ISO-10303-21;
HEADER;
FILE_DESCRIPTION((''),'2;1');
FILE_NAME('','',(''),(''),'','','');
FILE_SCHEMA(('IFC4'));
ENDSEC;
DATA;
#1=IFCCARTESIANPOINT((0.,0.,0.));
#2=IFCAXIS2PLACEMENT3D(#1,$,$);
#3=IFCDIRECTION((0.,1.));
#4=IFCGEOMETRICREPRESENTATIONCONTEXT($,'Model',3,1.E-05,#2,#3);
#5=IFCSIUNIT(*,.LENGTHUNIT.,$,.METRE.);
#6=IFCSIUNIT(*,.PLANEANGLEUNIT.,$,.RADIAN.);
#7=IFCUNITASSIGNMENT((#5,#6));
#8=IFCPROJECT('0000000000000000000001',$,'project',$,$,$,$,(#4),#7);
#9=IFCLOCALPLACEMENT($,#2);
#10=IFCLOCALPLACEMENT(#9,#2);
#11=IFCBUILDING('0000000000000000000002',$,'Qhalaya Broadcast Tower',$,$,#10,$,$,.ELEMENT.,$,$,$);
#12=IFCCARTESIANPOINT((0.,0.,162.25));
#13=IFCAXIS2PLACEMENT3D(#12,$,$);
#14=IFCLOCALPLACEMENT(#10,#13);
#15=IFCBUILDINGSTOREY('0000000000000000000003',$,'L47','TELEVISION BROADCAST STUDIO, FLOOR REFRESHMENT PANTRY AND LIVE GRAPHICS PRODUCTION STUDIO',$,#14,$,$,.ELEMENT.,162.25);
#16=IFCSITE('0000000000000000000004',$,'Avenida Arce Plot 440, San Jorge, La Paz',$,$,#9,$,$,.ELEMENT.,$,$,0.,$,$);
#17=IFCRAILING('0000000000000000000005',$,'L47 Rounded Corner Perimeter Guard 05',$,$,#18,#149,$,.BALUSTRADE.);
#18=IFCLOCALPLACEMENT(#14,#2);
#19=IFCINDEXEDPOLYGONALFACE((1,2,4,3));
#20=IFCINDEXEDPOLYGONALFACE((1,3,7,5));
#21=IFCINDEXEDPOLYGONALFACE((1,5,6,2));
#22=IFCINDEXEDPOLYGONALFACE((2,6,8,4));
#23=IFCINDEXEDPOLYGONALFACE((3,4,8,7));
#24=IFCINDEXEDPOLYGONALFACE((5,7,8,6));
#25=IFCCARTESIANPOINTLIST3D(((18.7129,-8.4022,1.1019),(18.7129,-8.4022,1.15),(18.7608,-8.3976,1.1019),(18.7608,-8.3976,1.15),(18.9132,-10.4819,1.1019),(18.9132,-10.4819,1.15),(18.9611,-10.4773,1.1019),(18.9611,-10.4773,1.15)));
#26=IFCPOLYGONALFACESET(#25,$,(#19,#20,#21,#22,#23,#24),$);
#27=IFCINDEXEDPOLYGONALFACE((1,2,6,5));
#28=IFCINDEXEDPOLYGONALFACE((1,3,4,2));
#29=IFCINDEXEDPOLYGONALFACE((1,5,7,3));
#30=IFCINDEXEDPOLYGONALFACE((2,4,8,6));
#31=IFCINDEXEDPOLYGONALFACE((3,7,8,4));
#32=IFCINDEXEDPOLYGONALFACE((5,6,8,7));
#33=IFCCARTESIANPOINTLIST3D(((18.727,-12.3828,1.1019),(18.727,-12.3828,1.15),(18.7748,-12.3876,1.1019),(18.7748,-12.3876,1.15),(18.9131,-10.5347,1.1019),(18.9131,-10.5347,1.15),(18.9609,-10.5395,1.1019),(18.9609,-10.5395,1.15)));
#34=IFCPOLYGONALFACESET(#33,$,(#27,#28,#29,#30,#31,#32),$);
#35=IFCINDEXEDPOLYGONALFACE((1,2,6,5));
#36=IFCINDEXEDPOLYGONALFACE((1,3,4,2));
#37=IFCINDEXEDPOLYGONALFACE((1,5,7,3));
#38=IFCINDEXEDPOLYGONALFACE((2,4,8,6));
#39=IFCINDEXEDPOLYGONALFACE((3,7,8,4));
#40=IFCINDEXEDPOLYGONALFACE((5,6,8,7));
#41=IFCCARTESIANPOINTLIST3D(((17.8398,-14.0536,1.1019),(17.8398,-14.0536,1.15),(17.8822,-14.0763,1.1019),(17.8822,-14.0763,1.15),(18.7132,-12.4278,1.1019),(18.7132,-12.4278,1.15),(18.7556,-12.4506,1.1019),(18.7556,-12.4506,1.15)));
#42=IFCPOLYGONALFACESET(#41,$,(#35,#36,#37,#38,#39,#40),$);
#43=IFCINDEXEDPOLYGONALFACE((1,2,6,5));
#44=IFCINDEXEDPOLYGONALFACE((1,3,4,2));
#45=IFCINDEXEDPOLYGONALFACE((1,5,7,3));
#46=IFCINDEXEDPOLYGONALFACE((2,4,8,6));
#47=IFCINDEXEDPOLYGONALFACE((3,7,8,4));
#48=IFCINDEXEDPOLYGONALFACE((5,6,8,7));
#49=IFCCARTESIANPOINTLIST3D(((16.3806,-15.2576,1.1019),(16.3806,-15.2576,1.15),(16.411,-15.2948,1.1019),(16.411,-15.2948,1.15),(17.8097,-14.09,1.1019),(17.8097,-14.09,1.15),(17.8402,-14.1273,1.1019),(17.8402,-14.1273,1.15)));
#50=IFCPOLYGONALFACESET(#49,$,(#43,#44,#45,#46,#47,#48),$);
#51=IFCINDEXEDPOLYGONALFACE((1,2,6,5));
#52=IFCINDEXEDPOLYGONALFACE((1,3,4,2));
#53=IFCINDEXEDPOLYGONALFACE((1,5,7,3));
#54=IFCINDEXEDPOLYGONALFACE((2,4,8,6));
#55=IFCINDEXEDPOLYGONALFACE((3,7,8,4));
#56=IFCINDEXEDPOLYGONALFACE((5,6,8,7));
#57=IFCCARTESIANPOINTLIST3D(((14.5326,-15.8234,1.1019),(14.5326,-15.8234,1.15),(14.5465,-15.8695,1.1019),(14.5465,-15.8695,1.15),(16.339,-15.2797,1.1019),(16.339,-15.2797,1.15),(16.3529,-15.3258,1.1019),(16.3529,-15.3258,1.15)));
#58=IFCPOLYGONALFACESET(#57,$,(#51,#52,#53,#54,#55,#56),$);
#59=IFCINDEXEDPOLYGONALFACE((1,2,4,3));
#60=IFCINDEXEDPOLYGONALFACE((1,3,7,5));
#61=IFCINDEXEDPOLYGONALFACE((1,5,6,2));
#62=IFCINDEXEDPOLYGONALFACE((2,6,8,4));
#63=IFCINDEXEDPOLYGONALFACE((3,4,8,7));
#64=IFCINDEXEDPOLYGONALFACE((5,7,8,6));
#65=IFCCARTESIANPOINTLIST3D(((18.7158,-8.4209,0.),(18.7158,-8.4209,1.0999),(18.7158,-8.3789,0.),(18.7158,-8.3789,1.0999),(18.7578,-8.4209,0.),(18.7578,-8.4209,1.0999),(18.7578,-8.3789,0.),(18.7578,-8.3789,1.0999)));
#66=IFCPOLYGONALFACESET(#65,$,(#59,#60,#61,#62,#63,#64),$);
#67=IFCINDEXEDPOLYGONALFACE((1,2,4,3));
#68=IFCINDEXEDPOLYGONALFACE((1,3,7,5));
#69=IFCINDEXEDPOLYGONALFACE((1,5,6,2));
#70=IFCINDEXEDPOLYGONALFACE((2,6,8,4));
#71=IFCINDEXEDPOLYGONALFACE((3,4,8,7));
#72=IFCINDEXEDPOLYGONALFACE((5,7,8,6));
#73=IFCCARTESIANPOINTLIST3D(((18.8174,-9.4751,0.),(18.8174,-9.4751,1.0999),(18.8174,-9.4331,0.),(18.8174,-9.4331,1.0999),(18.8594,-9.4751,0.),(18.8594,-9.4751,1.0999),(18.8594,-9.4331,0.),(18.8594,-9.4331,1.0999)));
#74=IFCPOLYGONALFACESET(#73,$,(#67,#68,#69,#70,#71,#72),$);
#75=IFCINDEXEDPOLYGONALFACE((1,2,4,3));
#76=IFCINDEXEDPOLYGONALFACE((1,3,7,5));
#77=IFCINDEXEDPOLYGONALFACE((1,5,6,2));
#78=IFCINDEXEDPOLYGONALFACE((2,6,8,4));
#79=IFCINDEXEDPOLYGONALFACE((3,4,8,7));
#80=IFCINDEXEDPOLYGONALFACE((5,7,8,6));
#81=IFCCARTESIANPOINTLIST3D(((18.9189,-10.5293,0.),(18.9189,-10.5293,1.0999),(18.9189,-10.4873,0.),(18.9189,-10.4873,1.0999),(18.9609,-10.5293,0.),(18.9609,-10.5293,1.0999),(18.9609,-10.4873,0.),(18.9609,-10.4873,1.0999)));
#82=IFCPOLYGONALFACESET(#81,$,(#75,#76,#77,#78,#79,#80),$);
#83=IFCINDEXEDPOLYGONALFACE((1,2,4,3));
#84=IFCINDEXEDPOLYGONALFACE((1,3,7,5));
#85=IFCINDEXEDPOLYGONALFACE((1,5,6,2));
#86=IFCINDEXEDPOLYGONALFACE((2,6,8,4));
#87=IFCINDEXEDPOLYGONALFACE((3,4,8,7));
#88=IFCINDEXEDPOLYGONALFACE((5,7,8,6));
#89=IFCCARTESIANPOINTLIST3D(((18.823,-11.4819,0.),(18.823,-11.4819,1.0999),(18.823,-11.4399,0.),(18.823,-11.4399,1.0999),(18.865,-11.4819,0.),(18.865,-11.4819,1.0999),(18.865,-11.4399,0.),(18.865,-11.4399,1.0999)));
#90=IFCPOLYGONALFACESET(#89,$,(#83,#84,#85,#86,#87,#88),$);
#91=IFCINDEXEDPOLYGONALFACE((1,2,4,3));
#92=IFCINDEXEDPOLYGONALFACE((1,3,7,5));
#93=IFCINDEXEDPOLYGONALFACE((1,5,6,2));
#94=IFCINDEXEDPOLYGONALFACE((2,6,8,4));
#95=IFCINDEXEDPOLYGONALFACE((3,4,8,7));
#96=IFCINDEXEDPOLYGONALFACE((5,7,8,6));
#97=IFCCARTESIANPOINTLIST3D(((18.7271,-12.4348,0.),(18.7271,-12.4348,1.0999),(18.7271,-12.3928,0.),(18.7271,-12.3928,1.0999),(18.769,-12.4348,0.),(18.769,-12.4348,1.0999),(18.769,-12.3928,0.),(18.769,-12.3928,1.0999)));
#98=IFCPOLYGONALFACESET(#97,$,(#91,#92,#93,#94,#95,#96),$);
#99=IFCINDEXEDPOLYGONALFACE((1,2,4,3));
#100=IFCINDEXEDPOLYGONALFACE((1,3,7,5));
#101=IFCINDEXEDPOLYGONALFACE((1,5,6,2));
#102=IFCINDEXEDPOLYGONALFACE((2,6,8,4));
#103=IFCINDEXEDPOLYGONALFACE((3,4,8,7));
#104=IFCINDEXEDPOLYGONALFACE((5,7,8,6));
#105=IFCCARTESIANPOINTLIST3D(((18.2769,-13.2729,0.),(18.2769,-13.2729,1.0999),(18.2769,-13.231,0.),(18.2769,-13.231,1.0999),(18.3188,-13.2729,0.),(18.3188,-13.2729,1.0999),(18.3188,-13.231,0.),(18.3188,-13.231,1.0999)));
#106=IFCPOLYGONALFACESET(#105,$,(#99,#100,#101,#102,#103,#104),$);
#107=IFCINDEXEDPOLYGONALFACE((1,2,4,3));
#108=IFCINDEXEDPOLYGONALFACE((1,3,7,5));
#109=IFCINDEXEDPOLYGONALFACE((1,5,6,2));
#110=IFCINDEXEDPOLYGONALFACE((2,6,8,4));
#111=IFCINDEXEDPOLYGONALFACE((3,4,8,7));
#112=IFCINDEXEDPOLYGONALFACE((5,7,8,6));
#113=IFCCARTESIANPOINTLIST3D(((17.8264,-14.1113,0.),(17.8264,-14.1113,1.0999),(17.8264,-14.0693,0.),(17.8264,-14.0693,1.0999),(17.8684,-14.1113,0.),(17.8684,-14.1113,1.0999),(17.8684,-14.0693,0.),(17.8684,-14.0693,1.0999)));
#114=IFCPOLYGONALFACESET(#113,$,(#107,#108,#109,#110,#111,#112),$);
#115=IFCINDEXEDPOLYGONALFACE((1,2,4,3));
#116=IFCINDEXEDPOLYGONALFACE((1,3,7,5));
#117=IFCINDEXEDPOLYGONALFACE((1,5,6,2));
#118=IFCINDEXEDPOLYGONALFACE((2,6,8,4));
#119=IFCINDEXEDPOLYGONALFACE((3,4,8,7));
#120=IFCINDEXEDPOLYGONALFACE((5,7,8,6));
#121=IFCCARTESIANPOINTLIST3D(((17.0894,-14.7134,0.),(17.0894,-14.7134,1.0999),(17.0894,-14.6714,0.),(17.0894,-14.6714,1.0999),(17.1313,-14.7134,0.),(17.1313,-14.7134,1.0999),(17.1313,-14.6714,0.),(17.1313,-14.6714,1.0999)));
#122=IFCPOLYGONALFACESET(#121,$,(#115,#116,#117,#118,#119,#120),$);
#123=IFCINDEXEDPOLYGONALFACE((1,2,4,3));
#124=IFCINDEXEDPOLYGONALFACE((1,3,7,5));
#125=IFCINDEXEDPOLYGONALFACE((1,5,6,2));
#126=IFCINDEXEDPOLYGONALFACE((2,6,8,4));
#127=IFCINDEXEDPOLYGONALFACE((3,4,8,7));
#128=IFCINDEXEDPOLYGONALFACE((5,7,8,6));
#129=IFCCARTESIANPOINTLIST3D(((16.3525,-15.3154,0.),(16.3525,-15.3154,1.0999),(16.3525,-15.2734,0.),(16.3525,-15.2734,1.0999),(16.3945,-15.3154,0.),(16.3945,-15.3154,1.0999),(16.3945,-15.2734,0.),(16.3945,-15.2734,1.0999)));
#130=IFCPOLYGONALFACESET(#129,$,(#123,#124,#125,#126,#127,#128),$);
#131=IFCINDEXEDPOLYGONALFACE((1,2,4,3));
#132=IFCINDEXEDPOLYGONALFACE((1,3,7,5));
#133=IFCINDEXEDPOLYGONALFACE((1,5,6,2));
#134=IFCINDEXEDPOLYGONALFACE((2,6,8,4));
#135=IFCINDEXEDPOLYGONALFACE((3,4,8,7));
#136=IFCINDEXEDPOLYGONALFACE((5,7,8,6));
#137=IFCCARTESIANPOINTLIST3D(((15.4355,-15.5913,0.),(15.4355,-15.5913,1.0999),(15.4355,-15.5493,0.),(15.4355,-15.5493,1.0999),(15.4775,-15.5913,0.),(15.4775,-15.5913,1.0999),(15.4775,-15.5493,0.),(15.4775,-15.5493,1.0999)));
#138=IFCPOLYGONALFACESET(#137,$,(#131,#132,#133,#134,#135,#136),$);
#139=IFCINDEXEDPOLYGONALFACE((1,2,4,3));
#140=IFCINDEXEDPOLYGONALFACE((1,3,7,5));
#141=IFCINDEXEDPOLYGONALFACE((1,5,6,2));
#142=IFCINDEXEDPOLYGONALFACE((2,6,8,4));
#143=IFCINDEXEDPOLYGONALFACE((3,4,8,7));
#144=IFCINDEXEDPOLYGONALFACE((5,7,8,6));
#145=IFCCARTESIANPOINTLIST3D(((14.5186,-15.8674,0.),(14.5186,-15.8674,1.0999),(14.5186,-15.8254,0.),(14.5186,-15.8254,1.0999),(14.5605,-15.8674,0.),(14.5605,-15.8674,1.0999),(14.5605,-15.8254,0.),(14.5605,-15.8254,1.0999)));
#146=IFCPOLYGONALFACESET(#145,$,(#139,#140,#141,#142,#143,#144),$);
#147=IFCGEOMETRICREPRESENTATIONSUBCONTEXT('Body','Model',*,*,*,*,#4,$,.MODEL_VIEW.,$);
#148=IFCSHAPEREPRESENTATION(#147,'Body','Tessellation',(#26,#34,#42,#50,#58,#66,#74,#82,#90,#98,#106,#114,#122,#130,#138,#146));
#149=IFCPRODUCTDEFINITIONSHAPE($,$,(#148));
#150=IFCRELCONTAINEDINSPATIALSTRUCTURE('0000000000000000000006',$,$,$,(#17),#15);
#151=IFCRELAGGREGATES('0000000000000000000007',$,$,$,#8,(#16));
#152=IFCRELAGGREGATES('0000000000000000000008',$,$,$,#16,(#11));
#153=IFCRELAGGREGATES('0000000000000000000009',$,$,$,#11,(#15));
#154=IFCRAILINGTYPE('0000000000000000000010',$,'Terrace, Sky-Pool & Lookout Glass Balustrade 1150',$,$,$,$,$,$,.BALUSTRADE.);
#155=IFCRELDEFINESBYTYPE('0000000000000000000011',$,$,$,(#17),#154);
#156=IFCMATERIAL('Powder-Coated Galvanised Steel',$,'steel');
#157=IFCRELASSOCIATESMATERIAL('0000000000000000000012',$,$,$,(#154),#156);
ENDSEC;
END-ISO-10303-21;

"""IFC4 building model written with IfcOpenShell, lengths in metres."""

from ifc_helpers import new_model, si_unit, direction, frame, origin, origin_2d, place, context, subcontext, project, spatial, rectangle, extrude, material, type_object, element, save


model = new_model("IFC4")

# Units and contexts
model_context = context("Model", 3, precision=1e-05, world=origin(), true_north=direction((0.0, 1.0)))
body_context = subcontext(model_context, "Body", "Model", "MODEL_VIEW")
ifc_project = project(units=[si_unit("LENGTHUNIT", "METRE"), si_unit("PLANEANGLEUNIT", "RADIAN")], contexts=[model_context])

# Site, building, storey
site_placement = place(None, origin())
site = spatial("IfcSite", under=ifc_project, at=site_placement, Name="Avenida Arce Plot 440, San Jorge, La Paz", CompositionType="ELEMENT", RefElevation=0.0)
building_placement = place(site_placement, origin())
building = spatial("IfcBuilding", under=site, at=building_placement, Name="Qhalaya Broadcast Tower", CompositionType="ELEMENT")
storey_placement = place(building_placement, frame((0.0, 0.0, 162.25)))
storey = spatial("IfcBuildingStorey", under=building, at=storey_placement, Name="L47", Description="TELEVISION BROADCAST STUDIO, FLOOR REFRESHMENT PANTRY AND LIVE GRAPHICS PRODUCTION STUDIO", CompositionType="ELEMENT", Elevation=162.25)

# Railing
ifc_material_1 = material(Name="Powder-Coated Galvanised Steel", Category="steel")
railing_type = type_object("IfcRailingType", Name="Terrace, Sky-Pool & Lookout Glass Balustrade 1150", PredefinedType="BALUSTRADE", material=ifc_material_1)
railing_1_placement = place(storey_placement, frame((18.7368, -8.3999, 0.0)))
element("IfcRailing", 1, at=railing_1_placement, inside=storey, type_object=railing_type, Name="L47 Rounded Corner Perimeter Guard 05", PredefinedType="BALUSTRADE", context=body_context, shape_type="SweptSolid", body=[
    extrude(rectangle(XDim=0.0481, YDim=0.0481, at=origin_2d()), frame((0.0, 0.0, 1.126), z_axis=(0.095897, -0.995391, 0.0), x_axis=(0.995391, 0.095897, 0.0)), (0.0, 0.0, 1.0), 2.0894),
    extrude(rectangle(XDim=0.0481, YDim=0.0481, at=origin_2d()), frame((0.2002, -2.1372, 1.126), z_axis=(-0.100198, -0.994968, 0.0), x_axis=(0.994968, -0.100198, 0.0)), (0.0, 0.0, 1.0), 1.8574),
    extrude(rectangle(XDim=0.0481, YDim=0.0481, at=origin_2d()), frame((-0.0024, -4.0393, 1.126), z_axis=(-0.473243, -0.880932, 0.0), x_axis=(0.880932, -0.473243, 0.0)), (0.0, 0.0, 1.0), 1.8455),
    extrude(rectangle(XDim=0.0481, YDim=0.0481, at=origin_2d()), frame((-0.9119, -5.7087, 1.126), z_axis=(-0.77442, -0.632672, 0.0), x_axis=(0.632672, -0.77442, 0.0)), (0.0, 0.0, 1.0), 1.8455),
    extrude(rectangle(XDim=0.0481, YDim=0.0481, at=origin_2d()), frame((-2.3909, -6.9028, 1.126), z_axis=(-0.957566, -0.288213, 0.0), x_axis=(0.288213, -0.957566, 0.0)), (0.0, 0.0, 1.0), 1.8865),
    extrude(rectangle(XDim=0.042, YDim=0.042, at=origin_2d()), origin(), (0.0, 0.0, 1.0), 1.0999),
    extrude(rectangle(XDim=0.042, YDim=0.042, at=origin_2d()), frame((0.1016, -1.0542, 0.0)), (0.0, 0.0, 1.0), 1.0999),
    extrude(rectangle(XDim=0.042, YDim=0.042, at=origin_2d()), frame((0.2031, -2.1084, 0.0)), (0.0, 0.0, 1.0), 1.0999),
    extrude(rectangle(XDim=0.042, YDim=0.042, at=origin_2d()), frame((0.1072, -3.061, 0.0)), (0.0, 0.0, 1.0), 1.0999),
    extrude(rectangle(XDim=0.042, YDim=0.042, at=origin_2d()), frame((0.0112, -4.0139, 0.0)), (0.0, 0.0, 1.0), 1.0999),
    extrude(rectangle(XDim=0.042, YDim=0.042, at=origin_2d()), frame((-0.439, -4.8521, 0.0)), (0.0, 0.0, 1.0), 1.0999),
    extrude(rectangle(XDim=0.042, YDim=0.042, at=origin_2d()), frame((-0.8894, -5.6904, 0.0)), (0.0, 0.0, 1.0), 1.0999),
    extrude(rectangle(XDim=0.042, YDim=0.042, at=origin_2d()), frame((-1.6265, -6.2925, 0.0)), (0.0, 0.0, 1.0), 1.0999),
    extrude(rectangle(XDim=0.042, YDim=0.042, at=origin_2d()), frame((-2.3633, -6.8945, 0.0)), (0.0, 0.0, 1.0), 1.0999),
    extrude(rectangle(XDim=0.042, YDim=0.042, at=origin_2d()), frame((-3.2803, -7.1704, 0.0)), (0.0, 0.0, 1.0), 1.0999),
    extrude(rectangle(XDim=0.042, YDim=0.042, at=origin_2d()), frame((-4.1973, -7.4465, 0.0)), (0.0, 0.0, 1.0), 1.0999),
])

save(model, "model.ifc")
